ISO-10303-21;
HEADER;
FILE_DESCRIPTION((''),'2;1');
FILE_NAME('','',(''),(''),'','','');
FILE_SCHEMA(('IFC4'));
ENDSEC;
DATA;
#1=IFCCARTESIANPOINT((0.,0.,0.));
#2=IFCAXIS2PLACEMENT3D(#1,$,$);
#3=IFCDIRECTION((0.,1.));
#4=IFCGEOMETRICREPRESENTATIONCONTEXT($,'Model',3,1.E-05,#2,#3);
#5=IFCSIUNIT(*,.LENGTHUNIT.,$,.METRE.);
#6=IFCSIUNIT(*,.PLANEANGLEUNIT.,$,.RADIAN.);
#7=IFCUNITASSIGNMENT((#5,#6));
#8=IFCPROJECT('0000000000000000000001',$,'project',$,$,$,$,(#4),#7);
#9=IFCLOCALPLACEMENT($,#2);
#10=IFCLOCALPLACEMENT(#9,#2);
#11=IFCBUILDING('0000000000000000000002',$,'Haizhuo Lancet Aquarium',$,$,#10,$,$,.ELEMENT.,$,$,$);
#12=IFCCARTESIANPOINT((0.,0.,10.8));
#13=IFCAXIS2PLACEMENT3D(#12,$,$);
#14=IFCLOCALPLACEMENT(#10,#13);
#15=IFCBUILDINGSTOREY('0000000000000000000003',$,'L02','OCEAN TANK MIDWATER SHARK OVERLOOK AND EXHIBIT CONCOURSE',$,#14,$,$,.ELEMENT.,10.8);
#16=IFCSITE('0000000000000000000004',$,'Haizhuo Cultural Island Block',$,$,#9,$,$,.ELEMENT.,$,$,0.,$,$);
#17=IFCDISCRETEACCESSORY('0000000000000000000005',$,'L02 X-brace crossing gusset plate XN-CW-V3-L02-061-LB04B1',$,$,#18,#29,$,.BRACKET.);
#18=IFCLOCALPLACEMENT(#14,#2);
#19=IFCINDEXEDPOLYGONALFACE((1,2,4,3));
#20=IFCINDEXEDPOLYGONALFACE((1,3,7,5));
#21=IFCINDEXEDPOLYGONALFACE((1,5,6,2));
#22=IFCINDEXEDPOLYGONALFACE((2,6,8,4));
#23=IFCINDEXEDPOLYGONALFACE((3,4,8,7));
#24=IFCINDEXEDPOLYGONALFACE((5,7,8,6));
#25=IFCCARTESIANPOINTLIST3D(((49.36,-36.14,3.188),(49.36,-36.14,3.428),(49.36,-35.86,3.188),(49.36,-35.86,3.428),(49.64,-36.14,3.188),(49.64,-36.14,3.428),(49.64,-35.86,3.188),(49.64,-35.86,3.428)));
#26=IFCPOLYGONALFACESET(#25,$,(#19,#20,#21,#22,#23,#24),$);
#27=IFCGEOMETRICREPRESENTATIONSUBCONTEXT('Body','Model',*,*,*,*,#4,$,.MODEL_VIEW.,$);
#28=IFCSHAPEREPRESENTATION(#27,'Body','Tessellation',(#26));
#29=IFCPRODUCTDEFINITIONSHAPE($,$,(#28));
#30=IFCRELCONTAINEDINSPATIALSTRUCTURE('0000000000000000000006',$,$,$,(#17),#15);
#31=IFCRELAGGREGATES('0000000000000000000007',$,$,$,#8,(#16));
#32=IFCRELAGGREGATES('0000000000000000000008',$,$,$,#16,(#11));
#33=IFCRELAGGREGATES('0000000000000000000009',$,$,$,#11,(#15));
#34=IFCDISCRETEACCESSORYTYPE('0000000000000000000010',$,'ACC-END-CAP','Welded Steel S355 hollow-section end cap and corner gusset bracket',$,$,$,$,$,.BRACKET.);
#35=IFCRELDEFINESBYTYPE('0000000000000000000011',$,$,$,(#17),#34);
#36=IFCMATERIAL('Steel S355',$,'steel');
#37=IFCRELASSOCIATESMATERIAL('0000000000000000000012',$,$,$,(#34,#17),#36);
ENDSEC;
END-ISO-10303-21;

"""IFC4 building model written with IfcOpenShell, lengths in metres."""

from ifc_helpers import new_model, si_unit, direction, frame, origin, origin_2d, place, context, subcontext, project, spatial, rectangle, extrude, material, type_object, element, save


model = new_model("IFC4")

# Units and contexts
model_context = context("Model", 3, precision=1e-05, world=origin(), true_north=direction((0.0, 1.0)))
body_context = subcontext(model_context, "Body", "Model", "MODEL_VIEW")
ifc_project = project(units=[si_unit("LENGTHUNIT", "METRE"), si_unit("PLANEANGLEUNIT", "RADIAN")], contexts=[model_context])

# Site, building, storey
site_placement = place(None, origin())
site = spatial("IfcSite", under=ifc_project, at=site_placement, Name="Haizhuo Cultural Island Block", CompositionType="ELEMENT", RefElevation=0.0)
building_placement = place(site_placement, origin())
building = spatial("IfcBuilding", under=site, at=building_placement, Name="Haizhuo Lancet Aquarium", CompositionType="ELEMENT")
storey_placement = place(building_placement, frame((0.0, 0.0, 10.8)))
storey = spatial("IfcBuildingStorey", under=building, at=storey_placement, Name="L02", Description="OCEAN TANK MIDWATER SHARK OVERLOOK AND EXHIBIT CONCOURSE", CompositionType="ELEMENT", Elevation=10.8)

# Shared definitions
ifc_material_1 = material(Name="Steel S355", Category="steel")

# Discrete accessory
discrete_accessory_type = type_object("IfcDiscreteAccessoryType", Name="ACC-END-CAP", Description="Welded Steel S355 hollow-section end cap and corner gusset bracket", PredefinedType="BRACKET", material=ifc_material_1)
for number, where, z_axis, x_axis, name in (
    (1, (49.5, -36.0, 3.188), (0.0, 0.0, 1.0), (1.0, 0.0, 0.0), "L02 X-brace crossing gusset plate XN-CW-V3-L02-061-LB04B1"),
):
    element("IfcDiscreteAccessory", number, at=place(storey_placement, frame(where, z_axis=z_axis, x_axis=x_axis)), inside=storey, type_object=discrete_accessory_type, material=ifc_material_1, Name=name, PredefinedType="BRACKET", context=body_context, shape_type="SweptSolid", body=[
        extrude(rectangle(XDim=0.28, YDim=0.28, at=origin_2d()), origin(), (0.0, 0.0, 1.0), 0.24),
    ])

save(model, "model.ifc")
